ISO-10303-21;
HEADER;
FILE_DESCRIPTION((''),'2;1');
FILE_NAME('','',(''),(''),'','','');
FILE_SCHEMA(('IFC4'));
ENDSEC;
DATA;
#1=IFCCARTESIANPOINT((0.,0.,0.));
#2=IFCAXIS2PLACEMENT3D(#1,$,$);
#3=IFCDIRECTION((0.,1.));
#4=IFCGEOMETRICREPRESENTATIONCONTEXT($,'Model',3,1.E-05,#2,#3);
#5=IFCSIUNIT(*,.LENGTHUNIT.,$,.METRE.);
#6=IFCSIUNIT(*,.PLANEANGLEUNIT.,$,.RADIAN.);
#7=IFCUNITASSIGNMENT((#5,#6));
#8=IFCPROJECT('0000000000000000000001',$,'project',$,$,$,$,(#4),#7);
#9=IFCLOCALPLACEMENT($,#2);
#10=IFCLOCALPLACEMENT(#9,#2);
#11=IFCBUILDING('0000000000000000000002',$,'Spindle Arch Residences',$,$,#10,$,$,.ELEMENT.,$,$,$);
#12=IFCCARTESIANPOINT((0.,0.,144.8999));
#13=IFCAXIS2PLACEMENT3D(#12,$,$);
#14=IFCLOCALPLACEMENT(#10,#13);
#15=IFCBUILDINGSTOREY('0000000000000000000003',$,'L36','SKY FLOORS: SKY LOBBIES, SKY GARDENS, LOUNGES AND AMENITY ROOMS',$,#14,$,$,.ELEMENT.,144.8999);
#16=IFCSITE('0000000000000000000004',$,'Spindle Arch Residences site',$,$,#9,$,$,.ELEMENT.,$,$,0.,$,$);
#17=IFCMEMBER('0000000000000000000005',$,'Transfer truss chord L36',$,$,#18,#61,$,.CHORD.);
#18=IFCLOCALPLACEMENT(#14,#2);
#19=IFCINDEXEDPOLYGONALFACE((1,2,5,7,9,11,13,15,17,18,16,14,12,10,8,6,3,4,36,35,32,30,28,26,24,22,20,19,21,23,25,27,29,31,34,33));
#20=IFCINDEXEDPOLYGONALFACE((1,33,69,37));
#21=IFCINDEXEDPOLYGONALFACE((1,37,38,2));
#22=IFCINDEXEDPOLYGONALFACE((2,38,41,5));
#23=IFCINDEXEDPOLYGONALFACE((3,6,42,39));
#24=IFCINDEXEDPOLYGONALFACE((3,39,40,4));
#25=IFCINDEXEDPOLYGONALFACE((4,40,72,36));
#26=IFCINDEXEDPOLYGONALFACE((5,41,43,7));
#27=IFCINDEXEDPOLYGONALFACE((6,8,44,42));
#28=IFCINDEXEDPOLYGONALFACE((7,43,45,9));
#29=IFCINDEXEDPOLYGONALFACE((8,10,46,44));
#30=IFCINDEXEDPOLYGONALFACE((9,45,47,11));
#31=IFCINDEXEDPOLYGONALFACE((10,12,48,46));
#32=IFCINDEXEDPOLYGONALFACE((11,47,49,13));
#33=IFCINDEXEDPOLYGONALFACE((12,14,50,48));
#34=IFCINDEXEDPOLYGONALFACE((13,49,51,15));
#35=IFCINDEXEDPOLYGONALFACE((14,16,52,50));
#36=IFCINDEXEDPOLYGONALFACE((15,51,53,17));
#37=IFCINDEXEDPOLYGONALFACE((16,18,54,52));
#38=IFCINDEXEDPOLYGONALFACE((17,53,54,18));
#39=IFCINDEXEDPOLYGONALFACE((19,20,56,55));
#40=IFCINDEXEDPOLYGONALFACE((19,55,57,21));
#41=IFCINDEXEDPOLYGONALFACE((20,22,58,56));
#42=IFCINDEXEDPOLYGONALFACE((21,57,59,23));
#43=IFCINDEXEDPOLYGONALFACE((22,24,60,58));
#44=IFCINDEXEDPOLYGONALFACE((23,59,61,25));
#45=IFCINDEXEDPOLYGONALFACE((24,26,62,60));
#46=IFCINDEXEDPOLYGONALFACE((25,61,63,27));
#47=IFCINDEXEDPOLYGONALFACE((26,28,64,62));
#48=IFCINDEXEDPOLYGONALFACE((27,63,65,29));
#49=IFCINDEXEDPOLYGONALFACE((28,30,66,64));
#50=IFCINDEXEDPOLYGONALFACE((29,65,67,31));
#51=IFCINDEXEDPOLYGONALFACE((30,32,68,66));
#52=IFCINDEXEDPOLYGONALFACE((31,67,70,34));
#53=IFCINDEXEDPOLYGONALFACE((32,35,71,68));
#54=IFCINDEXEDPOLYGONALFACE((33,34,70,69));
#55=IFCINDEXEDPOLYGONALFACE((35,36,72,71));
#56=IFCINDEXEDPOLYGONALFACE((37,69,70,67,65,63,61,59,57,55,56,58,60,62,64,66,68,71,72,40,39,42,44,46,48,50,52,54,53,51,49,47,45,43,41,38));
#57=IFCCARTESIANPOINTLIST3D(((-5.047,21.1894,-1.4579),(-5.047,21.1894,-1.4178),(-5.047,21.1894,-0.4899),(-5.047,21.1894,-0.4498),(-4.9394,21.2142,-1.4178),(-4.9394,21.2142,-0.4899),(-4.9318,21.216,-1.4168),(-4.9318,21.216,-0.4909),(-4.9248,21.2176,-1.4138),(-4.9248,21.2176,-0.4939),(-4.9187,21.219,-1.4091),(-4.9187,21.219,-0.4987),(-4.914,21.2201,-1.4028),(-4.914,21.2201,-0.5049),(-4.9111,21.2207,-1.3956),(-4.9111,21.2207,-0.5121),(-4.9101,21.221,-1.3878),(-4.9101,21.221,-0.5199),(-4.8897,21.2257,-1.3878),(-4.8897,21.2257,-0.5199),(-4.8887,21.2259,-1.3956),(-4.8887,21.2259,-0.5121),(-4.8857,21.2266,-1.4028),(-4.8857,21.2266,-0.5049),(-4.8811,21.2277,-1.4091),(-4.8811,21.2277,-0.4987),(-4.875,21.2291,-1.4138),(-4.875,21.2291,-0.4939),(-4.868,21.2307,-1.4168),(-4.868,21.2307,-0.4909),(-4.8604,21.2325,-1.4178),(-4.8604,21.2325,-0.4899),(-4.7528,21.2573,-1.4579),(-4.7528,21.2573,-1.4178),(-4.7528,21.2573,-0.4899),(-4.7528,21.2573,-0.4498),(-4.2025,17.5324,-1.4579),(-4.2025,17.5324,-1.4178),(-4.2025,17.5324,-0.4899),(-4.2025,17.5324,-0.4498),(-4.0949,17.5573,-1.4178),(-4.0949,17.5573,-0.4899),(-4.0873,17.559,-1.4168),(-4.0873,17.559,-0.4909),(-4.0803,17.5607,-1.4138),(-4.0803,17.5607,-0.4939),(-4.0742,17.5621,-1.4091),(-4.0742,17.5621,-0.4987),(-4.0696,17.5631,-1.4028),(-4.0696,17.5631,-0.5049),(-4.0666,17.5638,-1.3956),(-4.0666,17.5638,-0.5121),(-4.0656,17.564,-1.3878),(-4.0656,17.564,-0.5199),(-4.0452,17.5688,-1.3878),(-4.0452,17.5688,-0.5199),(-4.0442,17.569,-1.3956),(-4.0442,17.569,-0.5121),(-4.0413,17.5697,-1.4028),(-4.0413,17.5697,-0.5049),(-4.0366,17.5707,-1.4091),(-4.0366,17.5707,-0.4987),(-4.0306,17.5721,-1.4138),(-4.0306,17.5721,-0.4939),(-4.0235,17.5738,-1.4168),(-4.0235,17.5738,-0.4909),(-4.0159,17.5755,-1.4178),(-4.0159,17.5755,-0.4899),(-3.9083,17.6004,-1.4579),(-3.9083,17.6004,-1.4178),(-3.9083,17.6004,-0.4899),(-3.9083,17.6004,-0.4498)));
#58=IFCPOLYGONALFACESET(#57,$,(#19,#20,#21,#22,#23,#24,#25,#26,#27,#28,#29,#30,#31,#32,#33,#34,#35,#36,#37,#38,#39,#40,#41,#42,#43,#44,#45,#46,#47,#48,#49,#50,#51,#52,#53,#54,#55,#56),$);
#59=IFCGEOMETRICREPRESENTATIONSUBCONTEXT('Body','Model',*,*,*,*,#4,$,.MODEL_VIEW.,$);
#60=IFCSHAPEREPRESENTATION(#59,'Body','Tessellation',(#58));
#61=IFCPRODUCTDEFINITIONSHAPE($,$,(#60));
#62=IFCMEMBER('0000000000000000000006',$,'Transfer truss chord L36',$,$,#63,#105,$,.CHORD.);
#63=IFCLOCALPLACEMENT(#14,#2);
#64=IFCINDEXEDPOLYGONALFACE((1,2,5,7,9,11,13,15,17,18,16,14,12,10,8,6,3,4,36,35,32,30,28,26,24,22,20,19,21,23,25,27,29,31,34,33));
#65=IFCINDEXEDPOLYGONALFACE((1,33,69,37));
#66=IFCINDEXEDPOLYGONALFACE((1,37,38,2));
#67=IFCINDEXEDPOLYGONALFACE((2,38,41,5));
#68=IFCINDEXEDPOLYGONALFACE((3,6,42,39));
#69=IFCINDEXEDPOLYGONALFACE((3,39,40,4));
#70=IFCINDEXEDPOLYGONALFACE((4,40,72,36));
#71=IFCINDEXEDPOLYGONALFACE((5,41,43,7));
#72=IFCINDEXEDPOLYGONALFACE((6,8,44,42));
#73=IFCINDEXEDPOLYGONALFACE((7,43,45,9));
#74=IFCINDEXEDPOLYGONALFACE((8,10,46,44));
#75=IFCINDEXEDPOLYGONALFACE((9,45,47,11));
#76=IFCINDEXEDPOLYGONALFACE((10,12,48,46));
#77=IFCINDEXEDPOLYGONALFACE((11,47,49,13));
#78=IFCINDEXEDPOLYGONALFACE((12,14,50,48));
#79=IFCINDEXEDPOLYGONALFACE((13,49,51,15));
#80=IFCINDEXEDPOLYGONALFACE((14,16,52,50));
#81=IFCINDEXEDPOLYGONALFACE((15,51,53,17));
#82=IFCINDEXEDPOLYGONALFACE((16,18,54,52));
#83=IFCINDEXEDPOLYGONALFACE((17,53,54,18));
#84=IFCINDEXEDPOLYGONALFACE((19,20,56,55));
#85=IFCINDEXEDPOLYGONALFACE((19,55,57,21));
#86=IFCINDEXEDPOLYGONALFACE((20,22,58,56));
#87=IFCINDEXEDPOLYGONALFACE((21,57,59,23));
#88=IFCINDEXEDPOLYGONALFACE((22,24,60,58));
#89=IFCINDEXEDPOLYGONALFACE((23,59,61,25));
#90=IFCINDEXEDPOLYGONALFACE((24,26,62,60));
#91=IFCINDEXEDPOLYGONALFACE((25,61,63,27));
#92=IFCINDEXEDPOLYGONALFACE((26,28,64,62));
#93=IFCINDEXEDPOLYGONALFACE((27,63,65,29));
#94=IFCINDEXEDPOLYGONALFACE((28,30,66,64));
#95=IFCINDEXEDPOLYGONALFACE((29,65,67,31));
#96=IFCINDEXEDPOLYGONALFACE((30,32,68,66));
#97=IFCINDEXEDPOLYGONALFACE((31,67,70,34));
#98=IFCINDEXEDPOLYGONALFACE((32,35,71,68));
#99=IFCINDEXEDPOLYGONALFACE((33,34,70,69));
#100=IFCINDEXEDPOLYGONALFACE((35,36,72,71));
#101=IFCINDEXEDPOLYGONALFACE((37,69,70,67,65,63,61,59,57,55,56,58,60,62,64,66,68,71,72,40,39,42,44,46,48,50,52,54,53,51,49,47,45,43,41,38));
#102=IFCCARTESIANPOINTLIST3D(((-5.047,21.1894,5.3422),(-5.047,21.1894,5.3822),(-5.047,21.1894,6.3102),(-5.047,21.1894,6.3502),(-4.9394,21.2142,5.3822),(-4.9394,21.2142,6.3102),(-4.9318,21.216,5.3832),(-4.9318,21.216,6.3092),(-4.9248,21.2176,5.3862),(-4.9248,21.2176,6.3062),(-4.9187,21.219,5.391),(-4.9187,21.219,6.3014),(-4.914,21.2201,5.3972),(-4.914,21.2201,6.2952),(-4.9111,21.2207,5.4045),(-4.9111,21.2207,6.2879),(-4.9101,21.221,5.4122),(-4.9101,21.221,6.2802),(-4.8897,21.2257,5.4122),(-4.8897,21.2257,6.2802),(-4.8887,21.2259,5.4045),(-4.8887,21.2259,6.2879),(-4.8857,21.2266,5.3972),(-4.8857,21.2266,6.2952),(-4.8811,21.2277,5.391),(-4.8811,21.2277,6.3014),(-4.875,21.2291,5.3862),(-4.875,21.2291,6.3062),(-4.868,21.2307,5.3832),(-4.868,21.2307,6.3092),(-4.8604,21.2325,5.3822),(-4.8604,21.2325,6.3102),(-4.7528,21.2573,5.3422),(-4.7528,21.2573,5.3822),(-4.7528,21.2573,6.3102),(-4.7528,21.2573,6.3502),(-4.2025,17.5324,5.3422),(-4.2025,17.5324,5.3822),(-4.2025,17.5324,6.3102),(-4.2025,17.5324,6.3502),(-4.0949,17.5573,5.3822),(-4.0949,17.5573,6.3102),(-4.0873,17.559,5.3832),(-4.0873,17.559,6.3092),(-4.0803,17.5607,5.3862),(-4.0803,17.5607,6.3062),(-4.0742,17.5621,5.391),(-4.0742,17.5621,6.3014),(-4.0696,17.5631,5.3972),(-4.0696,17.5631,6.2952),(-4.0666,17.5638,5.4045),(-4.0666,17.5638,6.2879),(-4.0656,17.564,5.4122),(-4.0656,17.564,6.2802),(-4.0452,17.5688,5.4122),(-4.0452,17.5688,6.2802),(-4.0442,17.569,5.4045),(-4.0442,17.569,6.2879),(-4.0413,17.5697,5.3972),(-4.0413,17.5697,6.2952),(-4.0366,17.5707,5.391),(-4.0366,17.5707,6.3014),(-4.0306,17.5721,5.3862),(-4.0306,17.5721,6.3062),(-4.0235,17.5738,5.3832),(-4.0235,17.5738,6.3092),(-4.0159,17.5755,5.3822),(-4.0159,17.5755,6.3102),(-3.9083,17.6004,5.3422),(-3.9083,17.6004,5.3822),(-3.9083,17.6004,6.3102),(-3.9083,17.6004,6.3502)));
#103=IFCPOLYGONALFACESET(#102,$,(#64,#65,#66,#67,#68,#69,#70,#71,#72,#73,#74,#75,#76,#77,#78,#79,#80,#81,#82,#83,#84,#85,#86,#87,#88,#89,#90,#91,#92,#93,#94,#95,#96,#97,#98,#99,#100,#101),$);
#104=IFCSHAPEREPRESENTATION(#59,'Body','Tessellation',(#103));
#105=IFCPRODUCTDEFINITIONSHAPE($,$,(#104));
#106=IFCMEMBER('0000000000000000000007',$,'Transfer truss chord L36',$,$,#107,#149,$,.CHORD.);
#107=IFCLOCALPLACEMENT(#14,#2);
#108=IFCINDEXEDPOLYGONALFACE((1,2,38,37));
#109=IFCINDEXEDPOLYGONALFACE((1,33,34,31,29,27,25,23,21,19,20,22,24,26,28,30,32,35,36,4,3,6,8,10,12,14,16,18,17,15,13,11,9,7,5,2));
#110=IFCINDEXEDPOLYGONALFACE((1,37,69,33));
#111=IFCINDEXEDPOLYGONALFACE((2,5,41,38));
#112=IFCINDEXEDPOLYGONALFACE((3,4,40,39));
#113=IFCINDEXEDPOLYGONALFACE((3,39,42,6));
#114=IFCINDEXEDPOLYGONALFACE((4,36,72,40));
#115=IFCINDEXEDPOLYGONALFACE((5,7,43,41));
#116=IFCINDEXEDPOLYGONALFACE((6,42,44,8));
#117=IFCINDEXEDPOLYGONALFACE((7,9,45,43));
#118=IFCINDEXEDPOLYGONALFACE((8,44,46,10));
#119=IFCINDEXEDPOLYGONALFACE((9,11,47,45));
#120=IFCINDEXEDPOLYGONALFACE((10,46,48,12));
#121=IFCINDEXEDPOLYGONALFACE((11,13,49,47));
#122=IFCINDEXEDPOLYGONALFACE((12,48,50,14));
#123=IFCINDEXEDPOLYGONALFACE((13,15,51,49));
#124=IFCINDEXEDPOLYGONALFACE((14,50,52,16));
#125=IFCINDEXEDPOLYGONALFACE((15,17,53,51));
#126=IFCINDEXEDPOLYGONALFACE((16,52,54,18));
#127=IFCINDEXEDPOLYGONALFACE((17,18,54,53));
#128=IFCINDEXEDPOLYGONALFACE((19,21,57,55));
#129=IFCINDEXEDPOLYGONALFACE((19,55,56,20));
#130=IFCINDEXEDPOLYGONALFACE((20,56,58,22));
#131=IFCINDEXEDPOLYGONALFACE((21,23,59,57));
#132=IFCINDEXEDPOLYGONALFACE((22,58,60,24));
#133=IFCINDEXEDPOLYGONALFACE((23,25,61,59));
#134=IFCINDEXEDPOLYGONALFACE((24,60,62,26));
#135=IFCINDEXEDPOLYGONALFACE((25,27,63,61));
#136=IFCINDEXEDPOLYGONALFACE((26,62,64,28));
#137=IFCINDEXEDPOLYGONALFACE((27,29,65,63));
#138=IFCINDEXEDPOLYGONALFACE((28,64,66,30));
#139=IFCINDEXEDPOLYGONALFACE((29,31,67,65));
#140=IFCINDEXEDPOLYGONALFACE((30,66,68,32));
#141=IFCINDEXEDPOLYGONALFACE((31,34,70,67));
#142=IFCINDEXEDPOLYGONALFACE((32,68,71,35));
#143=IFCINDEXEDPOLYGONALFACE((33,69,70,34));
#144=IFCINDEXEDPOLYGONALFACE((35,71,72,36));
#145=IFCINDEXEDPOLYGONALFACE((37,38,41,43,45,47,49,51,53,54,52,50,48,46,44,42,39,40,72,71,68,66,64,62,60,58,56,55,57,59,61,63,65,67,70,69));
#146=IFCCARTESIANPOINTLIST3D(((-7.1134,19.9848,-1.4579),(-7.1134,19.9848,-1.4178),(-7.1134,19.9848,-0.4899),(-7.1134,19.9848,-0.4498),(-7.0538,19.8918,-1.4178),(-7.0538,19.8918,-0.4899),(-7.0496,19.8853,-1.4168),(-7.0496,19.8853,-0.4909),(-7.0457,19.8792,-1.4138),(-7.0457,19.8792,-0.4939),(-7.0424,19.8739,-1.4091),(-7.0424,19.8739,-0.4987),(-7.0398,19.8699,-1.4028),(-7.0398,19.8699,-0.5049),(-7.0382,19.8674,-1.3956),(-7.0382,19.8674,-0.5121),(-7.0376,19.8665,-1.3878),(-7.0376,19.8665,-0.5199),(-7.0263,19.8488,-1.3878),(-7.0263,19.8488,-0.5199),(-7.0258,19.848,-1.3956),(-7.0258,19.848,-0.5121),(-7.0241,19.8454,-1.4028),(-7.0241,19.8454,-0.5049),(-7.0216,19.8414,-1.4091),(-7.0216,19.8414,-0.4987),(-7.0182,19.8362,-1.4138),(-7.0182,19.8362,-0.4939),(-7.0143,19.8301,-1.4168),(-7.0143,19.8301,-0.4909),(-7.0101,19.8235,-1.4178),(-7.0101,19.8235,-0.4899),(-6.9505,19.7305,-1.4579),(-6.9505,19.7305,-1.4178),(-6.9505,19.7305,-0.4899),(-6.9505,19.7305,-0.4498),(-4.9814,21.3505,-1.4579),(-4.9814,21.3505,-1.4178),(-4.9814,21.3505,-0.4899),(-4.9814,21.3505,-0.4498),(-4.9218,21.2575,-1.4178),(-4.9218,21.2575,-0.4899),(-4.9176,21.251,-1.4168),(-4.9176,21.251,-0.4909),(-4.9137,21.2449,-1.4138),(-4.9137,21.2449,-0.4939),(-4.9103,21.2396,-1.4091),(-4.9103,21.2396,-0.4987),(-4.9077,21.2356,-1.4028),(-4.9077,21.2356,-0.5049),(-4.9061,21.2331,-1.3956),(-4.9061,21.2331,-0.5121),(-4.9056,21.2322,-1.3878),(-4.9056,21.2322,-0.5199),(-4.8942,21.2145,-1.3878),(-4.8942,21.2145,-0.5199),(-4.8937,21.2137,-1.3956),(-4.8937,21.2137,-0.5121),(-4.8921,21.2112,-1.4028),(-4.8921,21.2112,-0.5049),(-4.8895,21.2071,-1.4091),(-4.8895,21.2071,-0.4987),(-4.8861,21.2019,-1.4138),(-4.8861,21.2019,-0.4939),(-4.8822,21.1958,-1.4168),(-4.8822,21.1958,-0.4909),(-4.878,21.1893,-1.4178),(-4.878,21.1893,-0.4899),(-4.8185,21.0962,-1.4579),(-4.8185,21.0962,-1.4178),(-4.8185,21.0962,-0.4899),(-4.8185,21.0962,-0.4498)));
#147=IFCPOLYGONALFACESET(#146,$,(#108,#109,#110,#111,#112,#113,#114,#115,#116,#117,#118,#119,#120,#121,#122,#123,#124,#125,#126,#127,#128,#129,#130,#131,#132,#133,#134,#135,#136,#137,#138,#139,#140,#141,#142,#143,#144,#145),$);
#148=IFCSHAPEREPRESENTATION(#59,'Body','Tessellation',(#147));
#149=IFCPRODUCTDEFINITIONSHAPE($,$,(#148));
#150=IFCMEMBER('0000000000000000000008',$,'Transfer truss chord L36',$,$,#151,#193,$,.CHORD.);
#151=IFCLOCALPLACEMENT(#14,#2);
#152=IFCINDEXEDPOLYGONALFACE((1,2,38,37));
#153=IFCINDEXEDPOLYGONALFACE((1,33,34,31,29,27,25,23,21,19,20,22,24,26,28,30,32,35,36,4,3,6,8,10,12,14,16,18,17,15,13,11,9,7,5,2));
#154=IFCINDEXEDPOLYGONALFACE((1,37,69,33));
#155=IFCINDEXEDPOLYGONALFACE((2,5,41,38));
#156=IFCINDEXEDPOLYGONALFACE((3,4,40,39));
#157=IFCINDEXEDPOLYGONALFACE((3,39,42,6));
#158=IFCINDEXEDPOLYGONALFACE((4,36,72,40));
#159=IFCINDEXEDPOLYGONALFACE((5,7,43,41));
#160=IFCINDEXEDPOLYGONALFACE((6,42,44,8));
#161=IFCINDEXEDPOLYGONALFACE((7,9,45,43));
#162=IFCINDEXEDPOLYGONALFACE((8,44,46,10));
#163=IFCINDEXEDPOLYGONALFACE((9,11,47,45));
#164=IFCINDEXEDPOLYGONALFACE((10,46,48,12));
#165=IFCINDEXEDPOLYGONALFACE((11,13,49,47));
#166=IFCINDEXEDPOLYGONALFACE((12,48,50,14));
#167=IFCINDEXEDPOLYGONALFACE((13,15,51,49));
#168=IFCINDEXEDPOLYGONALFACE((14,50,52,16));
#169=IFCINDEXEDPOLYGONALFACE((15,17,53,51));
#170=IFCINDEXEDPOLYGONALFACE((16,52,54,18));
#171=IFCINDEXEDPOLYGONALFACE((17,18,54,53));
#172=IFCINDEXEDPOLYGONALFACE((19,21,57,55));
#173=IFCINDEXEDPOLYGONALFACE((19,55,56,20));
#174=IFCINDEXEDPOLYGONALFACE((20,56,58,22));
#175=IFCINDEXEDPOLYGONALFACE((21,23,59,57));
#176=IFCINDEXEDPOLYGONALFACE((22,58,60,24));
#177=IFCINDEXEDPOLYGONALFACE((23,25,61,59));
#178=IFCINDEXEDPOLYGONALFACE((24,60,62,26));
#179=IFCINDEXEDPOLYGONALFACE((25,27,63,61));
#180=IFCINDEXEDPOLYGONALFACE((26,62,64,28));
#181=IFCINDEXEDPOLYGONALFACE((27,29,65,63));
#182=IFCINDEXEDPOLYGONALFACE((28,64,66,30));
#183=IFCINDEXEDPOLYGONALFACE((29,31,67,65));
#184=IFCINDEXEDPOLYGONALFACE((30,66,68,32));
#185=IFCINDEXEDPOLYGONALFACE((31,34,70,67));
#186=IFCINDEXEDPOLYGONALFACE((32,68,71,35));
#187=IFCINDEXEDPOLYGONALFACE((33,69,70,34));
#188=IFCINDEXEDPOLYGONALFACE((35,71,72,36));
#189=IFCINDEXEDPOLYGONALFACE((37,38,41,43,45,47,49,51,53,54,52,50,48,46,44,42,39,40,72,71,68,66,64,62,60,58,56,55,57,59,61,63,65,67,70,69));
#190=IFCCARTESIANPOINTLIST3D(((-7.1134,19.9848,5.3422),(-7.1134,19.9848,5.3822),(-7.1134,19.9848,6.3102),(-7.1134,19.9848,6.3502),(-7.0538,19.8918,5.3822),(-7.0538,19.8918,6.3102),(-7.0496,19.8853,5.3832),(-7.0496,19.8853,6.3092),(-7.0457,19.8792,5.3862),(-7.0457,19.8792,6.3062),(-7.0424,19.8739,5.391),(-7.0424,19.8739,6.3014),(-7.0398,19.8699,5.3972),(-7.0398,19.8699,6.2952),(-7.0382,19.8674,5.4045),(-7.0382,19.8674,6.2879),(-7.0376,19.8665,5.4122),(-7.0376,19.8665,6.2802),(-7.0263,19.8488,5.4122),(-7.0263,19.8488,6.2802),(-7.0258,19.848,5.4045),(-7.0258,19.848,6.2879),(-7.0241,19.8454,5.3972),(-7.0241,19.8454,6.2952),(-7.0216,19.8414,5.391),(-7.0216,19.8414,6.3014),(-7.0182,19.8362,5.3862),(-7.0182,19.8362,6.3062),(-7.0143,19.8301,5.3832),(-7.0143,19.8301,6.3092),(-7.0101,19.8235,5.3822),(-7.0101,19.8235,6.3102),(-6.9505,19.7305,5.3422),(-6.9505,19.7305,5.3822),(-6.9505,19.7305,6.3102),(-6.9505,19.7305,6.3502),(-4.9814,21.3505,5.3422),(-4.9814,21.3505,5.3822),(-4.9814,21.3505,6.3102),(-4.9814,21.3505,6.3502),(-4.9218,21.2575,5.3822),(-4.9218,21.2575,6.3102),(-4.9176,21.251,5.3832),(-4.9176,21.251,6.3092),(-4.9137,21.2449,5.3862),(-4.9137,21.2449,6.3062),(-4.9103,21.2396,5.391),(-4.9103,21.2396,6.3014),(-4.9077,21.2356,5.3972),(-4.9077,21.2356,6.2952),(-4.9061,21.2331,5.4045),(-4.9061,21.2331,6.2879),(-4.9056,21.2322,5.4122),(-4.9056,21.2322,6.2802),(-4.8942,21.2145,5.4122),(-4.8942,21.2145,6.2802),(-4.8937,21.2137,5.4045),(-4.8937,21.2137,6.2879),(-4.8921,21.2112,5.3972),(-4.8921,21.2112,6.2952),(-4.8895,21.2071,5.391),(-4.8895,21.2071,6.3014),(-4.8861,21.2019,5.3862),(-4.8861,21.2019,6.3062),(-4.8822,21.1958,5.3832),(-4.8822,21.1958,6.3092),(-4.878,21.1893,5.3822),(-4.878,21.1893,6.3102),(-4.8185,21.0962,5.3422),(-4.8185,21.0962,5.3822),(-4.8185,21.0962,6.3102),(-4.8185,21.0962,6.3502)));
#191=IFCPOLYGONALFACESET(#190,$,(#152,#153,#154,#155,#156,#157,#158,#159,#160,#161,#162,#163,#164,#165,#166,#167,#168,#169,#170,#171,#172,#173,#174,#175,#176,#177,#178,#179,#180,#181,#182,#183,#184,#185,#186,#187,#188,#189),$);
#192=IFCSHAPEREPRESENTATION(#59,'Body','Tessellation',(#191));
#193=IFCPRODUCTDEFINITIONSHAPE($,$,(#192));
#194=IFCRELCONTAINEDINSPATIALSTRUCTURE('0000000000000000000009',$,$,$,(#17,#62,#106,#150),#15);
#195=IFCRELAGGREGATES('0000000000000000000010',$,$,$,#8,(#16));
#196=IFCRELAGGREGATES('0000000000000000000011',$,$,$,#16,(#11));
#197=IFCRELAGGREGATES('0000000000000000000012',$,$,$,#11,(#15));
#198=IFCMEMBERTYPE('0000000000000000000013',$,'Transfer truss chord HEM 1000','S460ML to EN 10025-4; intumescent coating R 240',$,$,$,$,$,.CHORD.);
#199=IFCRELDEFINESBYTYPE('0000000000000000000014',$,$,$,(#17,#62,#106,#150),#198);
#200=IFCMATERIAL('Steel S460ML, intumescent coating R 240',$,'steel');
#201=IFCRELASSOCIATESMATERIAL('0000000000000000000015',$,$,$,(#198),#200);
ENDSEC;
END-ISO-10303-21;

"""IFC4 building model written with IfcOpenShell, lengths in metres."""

from ifc_helpers import new_model, si_unit, direction, frame, origin, origin_2d, place, context, subcontext, project, spatial, i_section, extrude, material, material_profile, profile_set, type_object, element, save


model = new_model("IFC4")

# Units and contexts
model_context = context("Model", 3, precision=1e-05, world=origin(), true_north=direction((0.0, 1.0)))
body_context = subcontext(model_context, "Body", "Model", "MODEL_VIEW")
ifc_project = project(units=[si_unit("LENGTHUNIT", "METRE"), si_unit("PLANEANGLEUNIT", "RADIAN")], contexts=[model_context])

# Site, building, storey
site_placement = place(None, origin())
site = spatial("IfcSite", under=ifc_project, at=site_placement, Name="Spindle Arch Residences site", CompositionType="ELEMENT", RefElevation=0.0)
building_placement = place(site_placement, origin())
building = spatial("IfcBuilding", under=site, at=building_placement, Name="Spindle Arch Residences", CompositionType="ELEMENT")
storey_placement = place(building_placement, frame((0.0, 0.0, 144.8999)))
storey = spatial("IfcBuildingStorey", under=building, at=storey_placement, Name="L36", Description="SKY FLOORS: SKY LOBBIES, SKY GARDENS, LOUNGES AND AMENITY ROOMS", CompositionType="ELEMENT", Elevation=144.8999)

# Members
ifc_material_1 = material(Name="Steel S460ML, intumescent coating R 240", Category="steel")
ifc_material_profile_1 = material_profile(ifc_material_1, i_section(OverallWidth=0.302, OverallDepth=1.0081, WebThickness=0.021, FlangeThickness=0.04, FilletRadius=0.03, at=origin_2d()), Name="HEM 1000")
ifc_profile_set_1 = profile_set([ifc_material_profile_1], Name="Steel S460ML, intumescent coating R 240")
member_type_1 = type_object("IfcMemberType", Name="Transfer truss chord HEM 1000", Description="S460ML to EN 10025-4; intumescent coating R 240", PredefinedType="CHORD", material=ifc_profile_set_1)
for number, where, z_axis, x_axis, name in (
    (1, (-4.0554, 17.5664, -0.9539), (-0.225002, 0.974358, 0.0), (-0.974358, -0.225002, 0.0), "Transfer truss chord L36"),
    (2, (-4.0554, 17.5664, 5.8462), (-0.225002, 0.974358, 0.0), (-0.974358, -0.225002, 0.0), "Transfer truss chord L36"),
):
    element("IfcMember", number, at=place(storey_placement, frame(where, z_axis=z_axis, x_axis=x_axis)), inside=storey, type_object=member_type_1, Name=name, PredefinedType="CHORD", context=body_context, shape_type="SweptSolid", body=[
        extrude(i_section(OverallWidth=0.302, OverallDepth=1.0081, WebThickness=0.021, FlangeThickness=0.04, FilletRadius=0.03, at=origin_2d()), origin(), (0.0, 0.0, 1.0), 3.7532),
    ])
for number, where, z_axis, x_axis, name in (
    (3, (-4.8999, 21.2234, -0.9539), (-0.842058, -0.539387, 0.0), (0.539387, -0.842058, 0.0), "Transfer truss chord L36"),
    (4, (-4.8999, 21.2234, 5.8462), (-0.842058, -0.539387, 0.0), (0.539387, -0.842058, 0.0), "Transfer truss chord L36"),
):
    element("IfcMember", number, at=place(storey_placement, frame(where, z_axis=z_axis, x_axis=x_axis)), inside=storey, type_object=member_type_1, Name=name, PredefinedType="CHORD", context=body_context, shape_type="SweptSolid", body=[
        extrude(i_section(OverallWidth=0.302, OverallDepth=1.0081, WebThickness=0.021, FlangeThickness=0.04, FilletRadius=0.03, at=origin_2d()), origin(), (0.0, 0.0, 1.0), 2.532),
    ])

save(model, "model.ifc")
